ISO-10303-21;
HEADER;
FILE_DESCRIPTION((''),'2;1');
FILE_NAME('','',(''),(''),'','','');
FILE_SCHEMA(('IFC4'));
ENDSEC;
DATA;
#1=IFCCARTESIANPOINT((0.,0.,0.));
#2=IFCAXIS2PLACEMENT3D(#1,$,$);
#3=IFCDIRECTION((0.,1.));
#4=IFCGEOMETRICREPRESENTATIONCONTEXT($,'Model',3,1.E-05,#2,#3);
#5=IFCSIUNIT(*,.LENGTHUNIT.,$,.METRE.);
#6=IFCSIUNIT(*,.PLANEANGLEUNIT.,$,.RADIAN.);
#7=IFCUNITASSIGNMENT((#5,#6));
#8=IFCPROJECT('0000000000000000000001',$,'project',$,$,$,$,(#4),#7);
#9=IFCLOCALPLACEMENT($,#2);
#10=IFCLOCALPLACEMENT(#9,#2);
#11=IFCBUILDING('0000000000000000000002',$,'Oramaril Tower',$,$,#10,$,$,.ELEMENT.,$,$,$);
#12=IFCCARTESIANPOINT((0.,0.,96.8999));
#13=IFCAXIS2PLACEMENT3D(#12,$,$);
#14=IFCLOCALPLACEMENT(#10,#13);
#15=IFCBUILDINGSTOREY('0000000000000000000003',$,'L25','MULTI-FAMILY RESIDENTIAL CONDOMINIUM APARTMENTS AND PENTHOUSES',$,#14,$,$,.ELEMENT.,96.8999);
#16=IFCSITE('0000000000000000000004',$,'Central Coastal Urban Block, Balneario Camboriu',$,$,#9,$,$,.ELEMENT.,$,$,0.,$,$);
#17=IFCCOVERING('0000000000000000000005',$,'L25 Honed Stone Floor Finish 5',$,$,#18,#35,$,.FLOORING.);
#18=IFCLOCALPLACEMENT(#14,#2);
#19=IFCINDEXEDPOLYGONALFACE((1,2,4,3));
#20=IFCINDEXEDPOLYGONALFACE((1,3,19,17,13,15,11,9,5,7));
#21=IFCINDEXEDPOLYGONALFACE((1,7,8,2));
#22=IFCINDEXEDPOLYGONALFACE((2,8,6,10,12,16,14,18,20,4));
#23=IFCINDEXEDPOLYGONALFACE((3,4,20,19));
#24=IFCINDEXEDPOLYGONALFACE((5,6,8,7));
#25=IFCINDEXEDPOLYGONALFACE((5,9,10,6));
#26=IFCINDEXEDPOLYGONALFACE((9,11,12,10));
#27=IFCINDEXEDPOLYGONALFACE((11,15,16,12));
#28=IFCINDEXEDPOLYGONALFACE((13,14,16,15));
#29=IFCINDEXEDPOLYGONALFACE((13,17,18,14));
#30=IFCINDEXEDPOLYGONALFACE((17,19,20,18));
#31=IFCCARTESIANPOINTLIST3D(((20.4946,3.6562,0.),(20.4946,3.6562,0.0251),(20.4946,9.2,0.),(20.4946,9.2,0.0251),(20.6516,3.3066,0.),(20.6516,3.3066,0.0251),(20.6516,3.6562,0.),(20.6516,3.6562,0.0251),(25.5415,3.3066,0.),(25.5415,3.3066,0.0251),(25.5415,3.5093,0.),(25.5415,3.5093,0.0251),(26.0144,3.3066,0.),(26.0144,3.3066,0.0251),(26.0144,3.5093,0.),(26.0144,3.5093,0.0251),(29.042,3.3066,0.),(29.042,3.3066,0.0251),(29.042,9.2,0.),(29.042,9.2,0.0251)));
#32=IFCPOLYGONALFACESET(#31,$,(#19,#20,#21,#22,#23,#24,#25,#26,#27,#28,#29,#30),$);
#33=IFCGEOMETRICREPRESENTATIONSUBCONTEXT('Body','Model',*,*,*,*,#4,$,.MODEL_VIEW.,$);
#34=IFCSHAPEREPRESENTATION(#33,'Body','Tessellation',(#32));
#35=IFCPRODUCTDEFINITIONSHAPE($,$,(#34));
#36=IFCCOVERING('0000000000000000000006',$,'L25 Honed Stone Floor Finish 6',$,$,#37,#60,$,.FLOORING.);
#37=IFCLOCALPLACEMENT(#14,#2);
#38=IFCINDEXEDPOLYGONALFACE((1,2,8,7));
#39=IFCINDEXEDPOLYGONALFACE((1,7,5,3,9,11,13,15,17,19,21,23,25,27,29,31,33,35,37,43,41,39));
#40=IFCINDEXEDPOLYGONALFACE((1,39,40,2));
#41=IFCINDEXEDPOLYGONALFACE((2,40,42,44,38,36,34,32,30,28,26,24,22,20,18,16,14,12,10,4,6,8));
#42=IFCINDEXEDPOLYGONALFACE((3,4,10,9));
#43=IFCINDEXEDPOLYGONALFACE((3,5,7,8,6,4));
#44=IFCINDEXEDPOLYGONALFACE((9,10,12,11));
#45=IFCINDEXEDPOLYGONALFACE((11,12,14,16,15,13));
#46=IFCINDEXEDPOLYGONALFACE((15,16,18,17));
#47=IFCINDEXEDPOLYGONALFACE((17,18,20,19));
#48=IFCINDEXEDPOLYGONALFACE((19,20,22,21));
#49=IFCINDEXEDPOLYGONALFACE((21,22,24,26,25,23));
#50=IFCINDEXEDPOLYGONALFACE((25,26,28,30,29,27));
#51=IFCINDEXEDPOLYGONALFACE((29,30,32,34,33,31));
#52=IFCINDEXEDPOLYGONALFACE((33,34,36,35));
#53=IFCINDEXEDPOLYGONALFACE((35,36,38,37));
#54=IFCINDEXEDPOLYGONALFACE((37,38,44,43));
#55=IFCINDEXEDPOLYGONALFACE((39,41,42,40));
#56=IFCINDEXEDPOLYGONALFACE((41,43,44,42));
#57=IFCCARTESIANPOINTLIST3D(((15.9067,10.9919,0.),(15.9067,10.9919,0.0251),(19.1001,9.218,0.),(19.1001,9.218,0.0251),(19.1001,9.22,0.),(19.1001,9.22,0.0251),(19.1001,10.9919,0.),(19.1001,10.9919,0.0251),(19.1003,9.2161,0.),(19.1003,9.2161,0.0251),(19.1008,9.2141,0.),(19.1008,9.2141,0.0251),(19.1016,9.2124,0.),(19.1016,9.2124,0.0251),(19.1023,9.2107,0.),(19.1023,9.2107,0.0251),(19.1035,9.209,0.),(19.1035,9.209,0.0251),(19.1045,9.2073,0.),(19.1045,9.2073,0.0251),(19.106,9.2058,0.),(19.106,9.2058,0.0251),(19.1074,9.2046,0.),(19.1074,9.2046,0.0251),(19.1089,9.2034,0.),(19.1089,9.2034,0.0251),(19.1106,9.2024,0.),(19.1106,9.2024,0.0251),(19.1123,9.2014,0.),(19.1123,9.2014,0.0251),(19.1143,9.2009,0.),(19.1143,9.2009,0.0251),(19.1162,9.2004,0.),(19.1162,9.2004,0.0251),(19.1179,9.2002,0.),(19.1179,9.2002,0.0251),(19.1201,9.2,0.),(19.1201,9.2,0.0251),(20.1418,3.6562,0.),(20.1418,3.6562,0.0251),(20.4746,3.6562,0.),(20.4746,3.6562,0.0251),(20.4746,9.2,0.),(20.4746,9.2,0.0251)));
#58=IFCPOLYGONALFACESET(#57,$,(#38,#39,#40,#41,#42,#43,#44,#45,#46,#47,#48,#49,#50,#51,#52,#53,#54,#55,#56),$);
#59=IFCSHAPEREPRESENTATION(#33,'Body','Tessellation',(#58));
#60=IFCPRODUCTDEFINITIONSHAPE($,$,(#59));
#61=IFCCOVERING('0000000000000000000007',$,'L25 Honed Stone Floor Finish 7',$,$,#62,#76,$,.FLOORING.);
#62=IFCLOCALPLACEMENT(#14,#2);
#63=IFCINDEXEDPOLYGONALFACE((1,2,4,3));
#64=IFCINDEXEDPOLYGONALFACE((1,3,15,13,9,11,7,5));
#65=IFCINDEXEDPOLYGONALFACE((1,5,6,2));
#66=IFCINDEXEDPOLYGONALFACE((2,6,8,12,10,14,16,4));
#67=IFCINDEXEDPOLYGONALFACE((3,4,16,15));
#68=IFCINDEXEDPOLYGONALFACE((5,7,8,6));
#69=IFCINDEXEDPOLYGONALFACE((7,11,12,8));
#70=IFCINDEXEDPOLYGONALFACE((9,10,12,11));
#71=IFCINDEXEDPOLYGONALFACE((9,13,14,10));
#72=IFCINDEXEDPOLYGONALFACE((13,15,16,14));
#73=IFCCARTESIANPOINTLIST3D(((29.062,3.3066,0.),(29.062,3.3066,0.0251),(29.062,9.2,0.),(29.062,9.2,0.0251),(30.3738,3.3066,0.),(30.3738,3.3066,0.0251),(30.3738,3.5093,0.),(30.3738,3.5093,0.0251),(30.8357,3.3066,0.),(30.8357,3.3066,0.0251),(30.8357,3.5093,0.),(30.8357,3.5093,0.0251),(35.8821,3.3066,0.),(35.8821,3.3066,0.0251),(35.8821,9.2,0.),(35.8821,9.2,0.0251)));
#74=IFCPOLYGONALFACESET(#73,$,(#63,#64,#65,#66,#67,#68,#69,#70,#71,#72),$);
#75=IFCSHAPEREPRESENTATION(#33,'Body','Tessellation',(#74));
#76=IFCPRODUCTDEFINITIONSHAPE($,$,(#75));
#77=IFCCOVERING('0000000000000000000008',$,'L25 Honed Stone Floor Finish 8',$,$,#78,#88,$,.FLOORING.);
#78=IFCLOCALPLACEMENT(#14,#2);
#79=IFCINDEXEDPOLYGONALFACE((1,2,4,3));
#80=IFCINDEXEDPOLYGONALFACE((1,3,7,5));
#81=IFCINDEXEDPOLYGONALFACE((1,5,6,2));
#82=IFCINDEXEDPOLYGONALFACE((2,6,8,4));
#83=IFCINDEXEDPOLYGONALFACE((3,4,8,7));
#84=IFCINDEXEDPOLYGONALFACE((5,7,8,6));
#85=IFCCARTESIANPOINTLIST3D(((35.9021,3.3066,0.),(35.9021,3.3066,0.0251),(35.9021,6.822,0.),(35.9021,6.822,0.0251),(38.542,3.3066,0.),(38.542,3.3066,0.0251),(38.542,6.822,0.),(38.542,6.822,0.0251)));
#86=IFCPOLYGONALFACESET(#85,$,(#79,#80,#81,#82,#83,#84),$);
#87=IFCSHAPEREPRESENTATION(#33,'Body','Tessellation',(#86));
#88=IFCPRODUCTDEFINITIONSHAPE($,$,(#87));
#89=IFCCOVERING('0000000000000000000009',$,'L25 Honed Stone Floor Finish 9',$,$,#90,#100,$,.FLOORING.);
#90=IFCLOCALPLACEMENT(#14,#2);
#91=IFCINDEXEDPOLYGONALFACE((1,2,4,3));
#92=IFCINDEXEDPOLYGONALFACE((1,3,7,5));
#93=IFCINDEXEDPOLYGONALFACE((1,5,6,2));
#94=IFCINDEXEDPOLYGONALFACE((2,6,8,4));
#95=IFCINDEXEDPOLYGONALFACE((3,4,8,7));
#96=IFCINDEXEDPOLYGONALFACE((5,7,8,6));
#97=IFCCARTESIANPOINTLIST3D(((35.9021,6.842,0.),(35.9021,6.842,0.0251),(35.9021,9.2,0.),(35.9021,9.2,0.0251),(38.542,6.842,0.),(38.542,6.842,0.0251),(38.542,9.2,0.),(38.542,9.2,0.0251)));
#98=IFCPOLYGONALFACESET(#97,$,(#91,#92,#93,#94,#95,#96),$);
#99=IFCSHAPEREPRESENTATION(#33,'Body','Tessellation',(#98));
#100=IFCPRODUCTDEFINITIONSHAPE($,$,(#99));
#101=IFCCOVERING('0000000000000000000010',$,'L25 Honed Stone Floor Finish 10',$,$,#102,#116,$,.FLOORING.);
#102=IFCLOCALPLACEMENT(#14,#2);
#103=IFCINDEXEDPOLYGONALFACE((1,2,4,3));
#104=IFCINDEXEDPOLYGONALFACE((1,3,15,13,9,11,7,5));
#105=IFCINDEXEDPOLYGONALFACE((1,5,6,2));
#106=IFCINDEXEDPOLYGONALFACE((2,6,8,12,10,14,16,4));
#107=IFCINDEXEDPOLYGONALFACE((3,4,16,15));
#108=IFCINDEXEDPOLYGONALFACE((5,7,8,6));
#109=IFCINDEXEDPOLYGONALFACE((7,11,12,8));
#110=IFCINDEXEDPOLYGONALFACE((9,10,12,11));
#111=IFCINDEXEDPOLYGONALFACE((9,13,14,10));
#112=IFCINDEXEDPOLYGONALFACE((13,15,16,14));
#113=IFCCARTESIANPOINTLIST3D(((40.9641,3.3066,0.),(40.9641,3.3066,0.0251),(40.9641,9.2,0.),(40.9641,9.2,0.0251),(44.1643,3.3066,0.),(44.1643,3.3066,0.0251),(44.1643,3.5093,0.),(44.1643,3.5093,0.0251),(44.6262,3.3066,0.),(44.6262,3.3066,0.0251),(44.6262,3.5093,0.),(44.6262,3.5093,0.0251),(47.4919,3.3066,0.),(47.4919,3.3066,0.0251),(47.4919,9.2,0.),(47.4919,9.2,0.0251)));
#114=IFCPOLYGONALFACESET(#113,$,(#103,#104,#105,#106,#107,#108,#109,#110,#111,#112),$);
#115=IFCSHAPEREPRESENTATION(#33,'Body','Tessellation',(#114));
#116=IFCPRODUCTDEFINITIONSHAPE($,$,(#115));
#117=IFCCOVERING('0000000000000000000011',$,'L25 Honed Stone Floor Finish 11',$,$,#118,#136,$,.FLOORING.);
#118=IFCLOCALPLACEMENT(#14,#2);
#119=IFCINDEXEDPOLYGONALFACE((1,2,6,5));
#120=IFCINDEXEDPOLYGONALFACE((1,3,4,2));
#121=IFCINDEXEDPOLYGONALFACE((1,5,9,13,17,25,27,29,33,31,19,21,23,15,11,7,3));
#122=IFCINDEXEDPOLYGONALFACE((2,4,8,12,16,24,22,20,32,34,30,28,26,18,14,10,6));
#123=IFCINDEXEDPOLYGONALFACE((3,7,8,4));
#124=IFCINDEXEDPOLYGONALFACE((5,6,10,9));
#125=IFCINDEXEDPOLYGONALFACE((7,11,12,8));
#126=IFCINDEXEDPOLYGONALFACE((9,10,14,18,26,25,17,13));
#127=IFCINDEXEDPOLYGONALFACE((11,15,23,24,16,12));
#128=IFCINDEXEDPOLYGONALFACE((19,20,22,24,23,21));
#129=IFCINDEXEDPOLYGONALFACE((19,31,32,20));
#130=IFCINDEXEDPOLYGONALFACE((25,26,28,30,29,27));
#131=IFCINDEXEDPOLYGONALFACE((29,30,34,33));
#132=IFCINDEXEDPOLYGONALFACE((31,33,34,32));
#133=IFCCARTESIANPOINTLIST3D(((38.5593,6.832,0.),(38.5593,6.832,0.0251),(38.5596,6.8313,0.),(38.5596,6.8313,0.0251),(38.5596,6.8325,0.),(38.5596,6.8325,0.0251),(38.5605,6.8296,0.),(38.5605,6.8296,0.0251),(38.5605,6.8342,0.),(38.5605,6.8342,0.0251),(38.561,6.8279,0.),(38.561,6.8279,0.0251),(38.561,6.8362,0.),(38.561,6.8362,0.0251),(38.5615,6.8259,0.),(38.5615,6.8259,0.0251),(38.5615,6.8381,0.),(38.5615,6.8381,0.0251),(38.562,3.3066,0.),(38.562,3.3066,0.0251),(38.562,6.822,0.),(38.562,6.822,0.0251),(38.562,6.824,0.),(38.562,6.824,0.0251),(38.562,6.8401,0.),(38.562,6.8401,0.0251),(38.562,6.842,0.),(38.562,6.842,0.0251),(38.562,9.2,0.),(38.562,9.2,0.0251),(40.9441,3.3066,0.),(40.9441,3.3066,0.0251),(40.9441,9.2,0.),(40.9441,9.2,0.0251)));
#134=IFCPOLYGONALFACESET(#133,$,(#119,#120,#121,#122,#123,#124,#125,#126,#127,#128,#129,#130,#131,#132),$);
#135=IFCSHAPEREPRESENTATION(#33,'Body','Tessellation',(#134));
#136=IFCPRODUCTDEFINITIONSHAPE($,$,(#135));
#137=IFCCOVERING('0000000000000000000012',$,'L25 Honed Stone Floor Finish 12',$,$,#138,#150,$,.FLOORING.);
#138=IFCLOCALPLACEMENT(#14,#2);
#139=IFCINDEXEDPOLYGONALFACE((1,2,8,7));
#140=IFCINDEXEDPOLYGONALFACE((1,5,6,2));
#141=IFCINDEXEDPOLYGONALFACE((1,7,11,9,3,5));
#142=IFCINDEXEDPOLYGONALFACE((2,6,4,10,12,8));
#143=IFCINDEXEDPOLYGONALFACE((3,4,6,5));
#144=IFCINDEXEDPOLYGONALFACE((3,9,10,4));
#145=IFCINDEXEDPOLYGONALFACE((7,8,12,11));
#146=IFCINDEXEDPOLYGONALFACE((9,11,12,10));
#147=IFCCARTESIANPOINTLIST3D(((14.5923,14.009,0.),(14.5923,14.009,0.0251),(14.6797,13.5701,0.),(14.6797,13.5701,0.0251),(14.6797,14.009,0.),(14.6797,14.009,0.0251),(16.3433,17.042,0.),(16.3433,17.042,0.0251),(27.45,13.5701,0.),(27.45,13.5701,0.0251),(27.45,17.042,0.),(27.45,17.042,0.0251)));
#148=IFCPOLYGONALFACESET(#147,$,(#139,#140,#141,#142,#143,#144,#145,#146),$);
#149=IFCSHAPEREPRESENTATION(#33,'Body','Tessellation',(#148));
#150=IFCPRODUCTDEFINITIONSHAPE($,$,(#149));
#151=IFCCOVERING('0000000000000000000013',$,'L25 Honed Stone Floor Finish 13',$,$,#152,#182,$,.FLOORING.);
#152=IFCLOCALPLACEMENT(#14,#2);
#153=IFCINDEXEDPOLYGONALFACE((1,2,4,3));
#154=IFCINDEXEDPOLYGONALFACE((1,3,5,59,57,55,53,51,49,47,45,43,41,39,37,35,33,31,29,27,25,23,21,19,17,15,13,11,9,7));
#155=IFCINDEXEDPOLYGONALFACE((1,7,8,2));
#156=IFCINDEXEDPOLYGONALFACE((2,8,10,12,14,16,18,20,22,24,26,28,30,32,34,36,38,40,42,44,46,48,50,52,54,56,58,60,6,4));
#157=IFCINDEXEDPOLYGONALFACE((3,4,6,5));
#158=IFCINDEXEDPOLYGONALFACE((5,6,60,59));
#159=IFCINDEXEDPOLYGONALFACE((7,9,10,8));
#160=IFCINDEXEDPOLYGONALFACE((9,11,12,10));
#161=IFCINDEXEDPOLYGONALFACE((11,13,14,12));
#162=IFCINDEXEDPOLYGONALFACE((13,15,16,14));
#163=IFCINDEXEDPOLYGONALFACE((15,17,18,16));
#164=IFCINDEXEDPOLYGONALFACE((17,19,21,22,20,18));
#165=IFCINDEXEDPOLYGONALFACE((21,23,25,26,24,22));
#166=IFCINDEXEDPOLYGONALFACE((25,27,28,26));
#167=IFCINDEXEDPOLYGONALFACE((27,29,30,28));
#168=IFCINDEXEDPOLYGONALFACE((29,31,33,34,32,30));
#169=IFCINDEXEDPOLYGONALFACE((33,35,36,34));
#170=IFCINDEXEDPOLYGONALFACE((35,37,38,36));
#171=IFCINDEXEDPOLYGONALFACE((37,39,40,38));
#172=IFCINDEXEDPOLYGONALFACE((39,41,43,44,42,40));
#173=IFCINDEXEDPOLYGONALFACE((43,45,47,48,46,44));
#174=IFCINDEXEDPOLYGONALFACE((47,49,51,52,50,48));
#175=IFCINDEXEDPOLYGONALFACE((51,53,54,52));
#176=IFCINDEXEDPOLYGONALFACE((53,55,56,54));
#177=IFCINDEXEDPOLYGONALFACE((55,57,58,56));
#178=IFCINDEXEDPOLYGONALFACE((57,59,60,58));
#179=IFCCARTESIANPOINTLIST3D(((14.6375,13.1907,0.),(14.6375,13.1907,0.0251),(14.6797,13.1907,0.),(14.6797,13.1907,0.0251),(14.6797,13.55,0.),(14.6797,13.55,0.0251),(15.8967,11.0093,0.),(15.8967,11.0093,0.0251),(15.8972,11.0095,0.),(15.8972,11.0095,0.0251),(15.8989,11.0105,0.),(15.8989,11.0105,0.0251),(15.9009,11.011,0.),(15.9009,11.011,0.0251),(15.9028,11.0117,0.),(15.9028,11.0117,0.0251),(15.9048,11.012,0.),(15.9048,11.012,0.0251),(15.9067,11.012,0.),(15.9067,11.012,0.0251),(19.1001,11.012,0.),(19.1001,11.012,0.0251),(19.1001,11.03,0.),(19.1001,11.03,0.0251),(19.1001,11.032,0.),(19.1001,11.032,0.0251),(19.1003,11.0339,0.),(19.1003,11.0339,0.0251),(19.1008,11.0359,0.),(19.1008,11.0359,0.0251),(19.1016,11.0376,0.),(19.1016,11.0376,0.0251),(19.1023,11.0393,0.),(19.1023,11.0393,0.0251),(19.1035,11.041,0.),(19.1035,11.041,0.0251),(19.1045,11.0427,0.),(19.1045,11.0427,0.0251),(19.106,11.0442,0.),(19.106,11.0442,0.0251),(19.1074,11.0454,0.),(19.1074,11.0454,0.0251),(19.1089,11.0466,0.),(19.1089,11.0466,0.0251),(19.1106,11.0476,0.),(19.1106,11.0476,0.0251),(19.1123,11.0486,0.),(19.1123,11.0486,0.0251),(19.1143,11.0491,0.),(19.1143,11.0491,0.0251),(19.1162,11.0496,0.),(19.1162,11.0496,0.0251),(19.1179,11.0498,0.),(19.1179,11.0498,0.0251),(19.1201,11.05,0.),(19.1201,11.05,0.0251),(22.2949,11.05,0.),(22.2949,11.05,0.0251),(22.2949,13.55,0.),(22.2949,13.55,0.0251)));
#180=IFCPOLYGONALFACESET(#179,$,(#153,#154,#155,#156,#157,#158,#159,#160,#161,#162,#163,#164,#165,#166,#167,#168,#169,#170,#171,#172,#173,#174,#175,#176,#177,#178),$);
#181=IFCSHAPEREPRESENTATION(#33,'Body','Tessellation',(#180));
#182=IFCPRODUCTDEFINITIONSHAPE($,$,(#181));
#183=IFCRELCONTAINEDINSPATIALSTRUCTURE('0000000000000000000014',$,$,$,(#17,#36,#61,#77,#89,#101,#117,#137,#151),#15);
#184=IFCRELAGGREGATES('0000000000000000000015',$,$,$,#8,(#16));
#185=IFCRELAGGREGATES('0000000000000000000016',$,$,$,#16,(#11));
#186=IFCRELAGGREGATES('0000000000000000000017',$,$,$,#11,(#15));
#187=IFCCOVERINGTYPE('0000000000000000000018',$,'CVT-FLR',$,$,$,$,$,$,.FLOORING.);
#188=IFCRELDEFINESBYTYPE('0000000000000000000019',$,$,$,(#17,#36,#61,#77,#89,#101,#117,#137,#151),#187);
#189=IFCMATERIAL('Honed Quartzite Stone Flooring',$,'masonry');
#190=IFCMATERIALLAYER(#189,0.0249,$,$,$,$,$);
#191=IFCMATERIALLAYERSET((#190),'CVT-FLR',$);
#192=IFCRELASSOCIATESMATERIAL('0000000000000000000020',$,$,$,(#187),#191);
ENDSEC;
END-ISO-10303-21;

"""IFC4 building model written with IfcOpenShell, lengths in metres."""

from ifc_helpers import new_model, si_unit, direction, frame, origin, place, context, subcontext, project, spatial, polyline, outline, extrude, material, layer, layer_set, type_object, element, save


model = new_model("IFC4")

# Units and contexts
model_context = context("Model", 3, precision=1e-05, world=origin(), true_north=direction((0.0, 1.0)))
body_context = subcontext(model_context, "Body", "Model", "MODEL_VIEW")
ifc_project = project(units=[si_unit("LENGTHUNIT", "METRE"), si_unit("PLANEANGLEUNIT", "RADIAN")], contexts=[model_context])

# Site, building, storey
site_placement = place(None, origin())
site = spatial("IfcSite", under=ifc_project, at=site_placement, Name="Central Coastal Urban Block, Balneario Camboriu", CompositionType="ELEMENT", RefElevation=0.0)
building_placement = place(site_placement, origin())
building = spatial("IfcBuilding", under=site, at=building_placement, Name="Oramaril Tower", CompositionType="ELEMENT")
storey_placement = place(building_placement, frame((0.0, 0.0, 96.8999)))
storey = spatial("IfcBuildingStorey", under=building, at=storey_placement, Name="L25", Description="MULTI-FAMILY RESIDENTIAL CONDOMINIUM APARTMENTS AND PENTHOUSES", CompositionType="ELEMENT", Elevation=96.8999)

# Coverings
ifc_material_1 = material(Name="Honed Quartzite Stone Flooring", Category="masonry")
ifc_layer_1 = layer(ifc_material_1, 0.0249)
ifc_layer_set_1 = layer_set([ifc_layer_1], Name="CVT-FLR")
covering_type_1 = type_object("IfcCoveringType", Name="CVT-FLR", PredefinedType="FLOORING", material=ifc_layer_set_1)
covering_1_placement = place(storey_placement, origin())
element("IfcCovering", 1, at=covering_1_placement, inside=storey, type_object=covering_type_1, Name="L25 Honed Stone Floor Finish 5", PredefinedType="FLOORING", context=body_context, shape_type="SweptSolid", body=[
    extrude(outline(polyline([(26.0144, 3.5093), (25.5415, 3.5093), (25.5415, 3.3066), (20.6516, 3.3066), (20.6516, 3.6562), (20.4946, 3.6562), (20.4946, 9.2), (29.042, 9.2), (29.042, 3.3066), (26.0144, 3.3066), (26.0144, 3.5093)])), origin(), (0.0, 0.0, 1.0), 0.0251),
])
covering_2_placement = place(storey_placement, origin())
element("IfcCovering", 2, at=covering_2_placement, inside=storey, type_object=covering_type_1, Name="L25 Honed Stone Floor Finish 6", PredefinedType="FLOORING", context=body_context, shape_type="SweptSolid", body=[
    extrude(outline(polyline([(20.1418, 3.6562), (15.9067, 10.9919), (19.1001, 10.9919), (19.1001, 9.22), (19.1001, 9.218), (19.1003, 9.2161), (19.1008, 9.2141), (19.1016, 9.2124), (19.1023, 9.2107), (19.1035, 9.209), (19.1045, 9.2073), (19.106, 9.2058), (19.1074, 9.2046), (19.1089, 9.2034), (19.1106, 9.2024), (19.1123, 9.2014), (19.1143, 9.2009), (19.1162, 9.2004), (19.1179, 9.2002), (19.1201, 9.2), (20.4746, 9.2), (20.4746, 3.6562), (20.1418, 3.6562)])), origin(), (0.0, 0.0, 1.0), 0.0251),
])
covering_3_placement = place(storey_placement, origin())
element("IfcCovering", 3, at=covering_3_placement, inside=storey, type_object=covering_type_1, Name="L25 Honed Stone Floor Finish 7", PredefinedType="FLOORING", context=body_context, shape_type="SweptSolid", body=[
    extrude(outline(polyline([(35.8821, 3.3066), (30.8357, 3.3066), (30.8357, 3.5093), (30.3738, 3.5093), (30.3738, 3.3066), (29.062, 3.3066), (29.062, 9.2), (35.8821, 9.2), (35.8821, 3.3066)])), origin(), (0.0, 0.0, 1.0), 0.0251),
])
covering_4_placement = place(storey_placement, origin())
element("IfcCovering", 4, at=covering_4_placement, inside=storey, type_object=covering_type_1, Name="L25 Honed Stone Floor Finish 8", PredefinedType="FLOORING", context=body_context, shape_type="SweptSolid", body=[
    extrude(outline(polyline([(38.542, 6.822), (38.542, 3.3066), (35.9021, 3.3066), (35.9021, 6.822), (38.542, 6.822)])), origin(), (0.0, 0.0, 1.0), 0.0251),
])
covering_5_placement = place(storey_placement, origin())
element("IfcCovering", 5, at=covering_5_placement, inside=storey, type_object=covering_type_1, Name="L25 Honed Stone Floor Finish 9", PredefinedType="FLOORING", context=body_context, shape_type="SweptSolid", body=[
    extrude(outline(polyline([(38.542, 6.842), (35.9021, 6.842), (35.9021, 9.2), (38.542, 9.2), (38.542, 6.842)])), origin(), (0.0, 0.0, 1.0), 0.0251),
])
covering_6_placement = place(storey_placement, origin())
element("IfcCovering", 6, at=covering_6_placement, inside=storey, type_object=covering_type_1, Name="L25 Honed Stone Floor Finish 10", PredefinedType="FLOORING", context=body_context, shape_type="SweptSolid", body=[
    extrude(outline(polyline([(44.6262, 3.5093), (44.1643, 3.5093), (44.1643, 3.3066), (40.9641, 3.3066), (40.9641, 9.2), (47.4919, 9.2), (47.4919, 3.3066), (44.6262, 3.3066), (44.6262, 3.5093)])), origin(), (0.0, 0.0, 1.0), 0.0251),
])
covering_7_placement = place(storey_placement, origin())
element("IfcCovering", 7, at=covering_7_placement, inside=storey, type_object=covering_type_1, Name="L25 Honed Stone Floor Finish 11", PredefinedType="FLOORING", context=body_context, shape_type="SweptSolid", body=[
    extrude(outline(polyline([(38.562, 3.3066), (38.562, 6.822), (38.562, 6.824), (38.5615, 6.8259), (38.561, 6.8279), (38.5605, 6.8296), (38.5596, 6.8313), (38.5593, 6.832), (38.5596, 6.8325), (38.5605, 6.8342), (38.561, 6.8362), (38.5615, 6.8381), (38.562, 6.8401), (38.562, 6.842), (38.562, 9.2), (40.9441, 9.2), (40.9441, 3.3066), (38.562, 3.3066)])), origin(), (0.0, 0.0, 1.0), 0.0251),
])
covering_8_placement = place(storey_placement, origin())
element("IfcCovering", 8, at=covering_8_placement, inside=storey, type_object=covering_type_1, Name="L25 Honed Stone Floor Finish 12", PredefinedType="FLOORING", context=body_context, shape_type="SweptSolid", body=[
    extrude(outline(polyline([(27.45, 17.042), (27.45, 13.5701), (14.6797, 13.5701), (14.6797, 14.009), (14.5923, 14.009), (16.3433, 17.042), (27.45, 17.042)])), origin(), (0.0, 0.0, 1.0), 0.0251),
])
covering_9_placement = place(storey_placement, origin())
element("IfcCovering", 9, at=covering_9_placement, inside=storey, type_object=covering_type_1, Name="L25 Honed Stone Floor Finish 13", PredefinedType="FLOORING", context=body_context, shape_type="SweptSolid", body=[
    extrude(outline(polyline([(14.6797, 13.1907), (14.6797, 13.55), (22.2949, 13.55), (22.2949, 11.05), (19.1201, 11.05), (19.1179, 11.0498), (19.1162, 11.0496), (19.1143, 11.0491), (19.1123, 11.0486), (19.1106, 11.0476), (19.1089, 11.0466), (19.1074, 11.0454), (19.106, 11.0442), (19.1045, 11.0427), (19.1035, 11.041), (19.1023, 11.0393), (19.1016, 11.0376), (19.1008, 11.0359), (19.1003, 11.0339), (19.1001, 11.032), (19.1001, 11.03), (19.1001, 11.012), (15.9067, 11.012), (15.9048, 11.012), (15.9028, 11.0117), (15.9009, 11.011), (15.8989, 11.0105), (15.8972, 11.0095), (15.8967, 11.0093), (14.6375, 13.1907), (14.6797, 13.1907)])), origin(), (0.0, 0.0, 1.0), 0.0251),
])

save(model, "model.ifc")
